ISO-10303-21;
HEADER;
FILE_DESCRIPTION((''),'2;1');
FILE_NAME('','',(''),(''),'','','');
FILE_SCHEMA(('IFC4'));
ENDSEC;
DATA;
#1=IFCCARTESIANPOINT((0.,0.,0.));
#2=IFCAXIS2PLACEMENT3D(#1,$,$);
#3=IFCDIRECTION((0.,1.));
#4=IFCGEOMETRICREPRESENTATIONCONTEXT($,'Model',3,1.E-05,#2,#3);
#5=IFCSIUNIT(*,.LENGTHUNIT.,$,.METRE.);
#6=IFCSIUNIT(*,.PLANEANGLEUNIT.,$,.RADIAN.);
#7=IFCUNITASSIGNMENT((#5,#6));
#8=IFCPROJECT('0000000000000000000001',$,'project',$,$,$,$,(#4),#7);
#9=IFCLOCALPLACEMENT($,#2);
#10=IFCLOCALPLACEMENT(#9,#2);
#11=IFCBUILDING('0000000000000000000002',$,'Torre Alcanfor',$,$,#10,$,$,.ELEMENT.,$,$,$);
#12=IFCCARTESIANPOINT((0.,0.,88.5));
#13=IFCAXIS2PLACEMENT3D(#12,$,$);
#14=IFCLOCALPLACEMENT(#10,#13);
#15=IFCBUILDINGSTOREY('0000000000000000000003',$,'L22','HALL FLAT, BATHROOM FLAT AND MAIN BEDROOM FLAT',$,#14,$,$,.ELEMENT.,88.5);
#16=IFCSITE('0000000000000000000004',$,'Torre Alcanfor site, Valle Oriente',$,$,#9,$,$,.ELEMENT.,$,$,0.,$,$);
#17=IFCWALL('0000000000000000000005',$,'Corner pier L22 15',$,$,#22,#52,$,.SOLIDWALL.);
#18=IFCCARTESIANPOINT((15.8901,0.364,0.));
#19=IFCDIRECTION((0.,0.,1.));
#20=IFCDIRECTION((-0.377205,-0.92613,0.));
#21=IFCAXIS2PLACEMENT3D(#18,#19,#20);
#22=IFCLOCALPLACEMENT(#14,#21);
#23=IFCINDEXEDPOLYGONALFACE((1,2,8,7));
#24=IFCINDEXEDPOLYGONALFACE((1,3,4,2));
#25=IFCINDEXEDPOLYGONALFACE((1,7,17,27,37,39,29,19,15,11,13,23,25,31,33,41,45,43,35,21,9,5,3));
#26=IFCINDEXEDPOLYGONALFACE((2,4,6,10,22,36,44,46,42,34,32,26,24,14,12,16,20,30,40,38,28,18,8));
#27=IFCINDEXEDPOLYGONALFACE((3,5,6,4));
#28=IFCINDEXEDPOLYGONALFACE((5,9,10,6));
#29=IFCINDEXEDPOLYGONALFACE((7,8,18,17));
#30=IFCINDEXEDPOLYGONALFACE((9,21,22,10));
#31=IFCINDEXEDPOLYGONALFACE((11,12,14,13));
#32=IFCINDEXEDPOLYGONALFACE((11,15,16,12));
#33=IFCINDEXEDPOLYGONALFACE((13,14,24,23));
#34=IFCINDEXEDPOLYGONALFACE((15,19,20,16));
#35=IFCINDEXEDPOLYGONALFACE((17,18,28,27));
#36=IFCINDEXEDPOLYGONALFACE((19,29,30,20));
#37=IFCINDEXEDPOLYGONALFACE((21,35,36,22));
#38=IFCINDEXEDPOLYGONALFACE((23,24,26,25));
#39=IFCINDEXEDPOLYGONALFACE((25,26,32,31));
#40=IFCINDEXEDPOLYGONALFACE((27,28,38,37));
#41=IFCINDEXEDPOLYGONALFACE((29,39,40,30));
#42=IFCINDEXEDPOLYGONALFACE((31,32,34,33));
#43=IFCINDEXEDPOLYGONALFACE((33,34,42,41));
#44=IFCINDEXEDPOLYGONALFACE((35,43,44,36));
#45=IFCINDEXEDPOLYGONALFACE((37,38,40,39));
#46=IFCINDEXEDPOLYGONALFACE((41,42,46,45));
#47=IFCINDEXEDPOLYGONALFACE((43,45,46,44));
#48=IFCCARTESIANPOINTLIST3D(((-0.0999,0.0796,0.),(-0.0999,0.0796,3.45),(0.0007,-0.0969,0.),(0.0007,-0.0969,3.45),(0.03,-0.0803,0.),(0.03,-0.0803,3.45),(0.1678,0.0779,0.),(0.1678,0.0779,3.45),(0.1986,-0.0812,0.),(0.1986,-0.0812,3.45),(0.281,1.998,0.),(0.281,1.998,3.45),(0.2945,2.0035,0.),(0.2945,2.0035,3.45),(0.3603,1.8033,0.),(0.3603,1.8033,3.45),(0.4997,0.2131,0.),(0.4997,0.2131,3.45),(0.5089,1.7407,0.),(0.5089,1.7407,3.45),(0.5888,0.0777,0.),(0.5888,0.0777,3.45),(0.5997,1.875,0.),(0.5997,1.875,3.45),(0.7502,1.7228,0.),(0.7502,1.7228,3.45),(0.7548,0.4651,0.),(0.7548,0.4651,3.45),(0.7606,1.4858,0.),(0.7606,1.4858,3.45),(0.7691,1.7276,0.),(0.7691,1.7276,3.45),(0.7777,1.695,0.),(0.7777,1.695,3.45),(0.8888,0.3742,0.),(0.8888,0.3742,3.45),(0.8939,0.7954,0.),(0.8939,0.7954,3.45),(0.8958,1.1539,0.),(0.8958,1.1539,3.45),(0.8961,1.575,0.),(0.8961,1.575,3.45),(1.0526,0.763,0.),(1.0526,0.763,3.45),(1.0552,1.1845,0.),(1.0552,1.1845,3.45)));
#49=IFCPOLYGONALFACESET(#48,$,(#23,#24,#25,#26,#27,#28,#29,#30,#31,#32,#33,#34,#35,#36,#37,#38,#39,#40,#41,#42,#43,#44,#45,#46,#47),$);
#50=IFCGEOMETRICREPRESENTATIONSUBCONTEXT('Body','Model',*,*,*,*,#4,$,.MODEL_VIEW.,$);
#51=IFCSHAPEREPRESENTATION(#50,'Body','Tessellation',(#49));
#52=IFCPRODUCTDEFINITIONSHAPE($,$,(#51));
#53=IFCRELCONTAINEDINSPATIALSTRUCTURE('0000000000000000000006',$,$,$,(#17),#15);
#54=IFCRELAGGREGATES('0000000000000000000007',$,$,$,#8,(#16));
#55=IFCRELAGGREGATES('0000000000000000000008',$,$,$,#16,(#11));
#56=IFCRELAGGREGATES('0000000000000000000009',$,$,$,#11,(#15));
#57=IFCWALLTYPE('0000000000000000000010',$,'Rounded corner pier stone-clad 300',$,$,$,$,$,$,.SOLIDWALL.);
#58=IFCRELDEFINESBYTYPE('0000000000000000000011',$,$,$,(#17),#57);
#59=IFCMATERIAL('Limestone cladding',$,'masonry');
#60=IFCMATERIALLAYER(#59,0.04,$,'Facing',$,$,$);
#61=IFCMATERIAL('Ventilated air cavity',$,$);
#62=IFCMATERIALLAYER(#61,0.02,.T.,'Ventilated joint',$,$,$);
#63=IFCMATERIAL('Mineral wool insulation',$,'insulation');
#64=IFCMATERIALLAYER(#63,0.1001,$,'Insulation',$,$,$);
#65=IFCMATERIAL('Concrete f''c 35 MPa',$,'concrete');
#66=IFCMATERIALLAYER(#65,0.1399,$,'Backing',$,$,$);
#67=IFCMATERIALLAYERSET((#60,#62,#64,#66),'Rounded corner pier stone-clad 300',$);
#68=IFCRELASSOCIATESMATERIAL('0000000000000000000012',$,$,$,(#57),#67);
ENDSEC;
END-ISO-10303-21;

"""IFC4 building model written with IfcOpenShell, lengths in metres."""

from ifc_helpers import new_model, si_unit, direction, frame, origin, place, context, subcontext, project, spatial, polyline, outline, extrude, material, layer, layer_set, type_object, element, save


model = new_model("IFC4")

# Units and contexts
model_context = context("Model", 3, precision=1e-05, world=origin(), true_north=direction((0.0, 1.0)))
body_context = subcontext(model_context, "Body", "Model", "MODEL_VIEW")
ifc_project = project(units=[si_unit("LENGTHUNIT", "METRE"), si_unit("PLANEANGLEUNIT", "RADIAN")], contexts=[model_context])

# Site, building, storey
site_placement = place(None, origin())
site = spatial("IfcSite", under=ifc_project, at=site_placement, Name="Torre Alcanfor site, Valle Oriente", CompositionType="ELEMENT", RefElevation=0.0)
building_placement = place(site_placement, origin())
building = spatial("IfcBuilding", under=site, at=building_placement, Name="Torre Alcanfor", CompositionType="ELEMENT")
storey_placement = place(building_placement, frame((0.0, 0.0, 88.5)))
storey = spatial("IfcBuildingStorey", under=building, at=storey_placement, Name="L22", Description="HALL FLAT, BATHROOM FLAT AND MAIN BEDROOM FLAT", CompositionType="ELEMENT", Elevation=88.5)

# Shared definitions
ifc_material_1 = material(Name="Limestone cladding", Category="masonry")
ifc_material_2 = material(Name="Ventilated air cavity")
ifc_material_3 = material(Name="Mineral wool insulation", Category="insulation")
ifc_material_4 = material(Name="Concrete f'c 35 MPa", Category="concrete")

# Wall
ifc_layer_1 = layer(ifc_material_1, 0.04, Name="Facing")
ifc_layer_2 = layer(ifc_material_2, 0.02, ventilated=True, Name="Ventilated joint")
ifc_layer_3 = layer(ifc_material_3, 0.1001, Name="Insulation")
ifc_layer_4 = layer(ifc_material_4, 0.1399, Name="Backing")
ifc_layer_set_1 = layer_set([ifc_layer_1, ifc_layer_2, ifc_layer_3, ifc_layer_4], Name="Rounded corner pier stone-clad 300")
wall_type_1 = type_object("IfcWallType", Name="Rounded corner pier stone-clad 300", PredefinedType="SOLIDWALL", material=ifc_layer_set_1)
wall_1_placement = place(storey_placement, frame((15.8901, 0.364, 0.0), z_axis=(0.0, 0.0, 1.0), x_axis=(-0.377205, -0.92613, 0.0)))
element("IfcWall", 1, at=wall_1_placement, inside=storey, type_object=wall_type_1, Name="Corner pier L22 15", PredefinedType="SOLIDWALL", context=body_context, shape_type="SweptSolid", body=[
    extrude(outline(polyline([(0.3603, 1.8033), (0.5089, 1.7407), (0.7606, 1.4858), (0.8958, 1.1539), (0.8939, 0.7954), (0.7548, 0.4651), (0.4997, 0.2131), (0.1678, 0.0779), (-0.0999, 0.0796), (0.0007, -0.0969), (0.03, -0.0803), (0.1986, -0.0812), (0.5888, 0.0777), (0.8888, 0.3742), (1.0526, 0.763), (1.0552, 1.1845), (0.8961, 1.575), (0.7777, 1.695), (0.7691, 1.7276), (0.7502, 1.7228), (0.5997, 1.875), (0.2945, 2.0035), (0.281, 1.998), (0.3603, 1.8033)])), origin(), (0.0, 0.0, 1.0), 3.45),
])

save(model, "model.ifc")
